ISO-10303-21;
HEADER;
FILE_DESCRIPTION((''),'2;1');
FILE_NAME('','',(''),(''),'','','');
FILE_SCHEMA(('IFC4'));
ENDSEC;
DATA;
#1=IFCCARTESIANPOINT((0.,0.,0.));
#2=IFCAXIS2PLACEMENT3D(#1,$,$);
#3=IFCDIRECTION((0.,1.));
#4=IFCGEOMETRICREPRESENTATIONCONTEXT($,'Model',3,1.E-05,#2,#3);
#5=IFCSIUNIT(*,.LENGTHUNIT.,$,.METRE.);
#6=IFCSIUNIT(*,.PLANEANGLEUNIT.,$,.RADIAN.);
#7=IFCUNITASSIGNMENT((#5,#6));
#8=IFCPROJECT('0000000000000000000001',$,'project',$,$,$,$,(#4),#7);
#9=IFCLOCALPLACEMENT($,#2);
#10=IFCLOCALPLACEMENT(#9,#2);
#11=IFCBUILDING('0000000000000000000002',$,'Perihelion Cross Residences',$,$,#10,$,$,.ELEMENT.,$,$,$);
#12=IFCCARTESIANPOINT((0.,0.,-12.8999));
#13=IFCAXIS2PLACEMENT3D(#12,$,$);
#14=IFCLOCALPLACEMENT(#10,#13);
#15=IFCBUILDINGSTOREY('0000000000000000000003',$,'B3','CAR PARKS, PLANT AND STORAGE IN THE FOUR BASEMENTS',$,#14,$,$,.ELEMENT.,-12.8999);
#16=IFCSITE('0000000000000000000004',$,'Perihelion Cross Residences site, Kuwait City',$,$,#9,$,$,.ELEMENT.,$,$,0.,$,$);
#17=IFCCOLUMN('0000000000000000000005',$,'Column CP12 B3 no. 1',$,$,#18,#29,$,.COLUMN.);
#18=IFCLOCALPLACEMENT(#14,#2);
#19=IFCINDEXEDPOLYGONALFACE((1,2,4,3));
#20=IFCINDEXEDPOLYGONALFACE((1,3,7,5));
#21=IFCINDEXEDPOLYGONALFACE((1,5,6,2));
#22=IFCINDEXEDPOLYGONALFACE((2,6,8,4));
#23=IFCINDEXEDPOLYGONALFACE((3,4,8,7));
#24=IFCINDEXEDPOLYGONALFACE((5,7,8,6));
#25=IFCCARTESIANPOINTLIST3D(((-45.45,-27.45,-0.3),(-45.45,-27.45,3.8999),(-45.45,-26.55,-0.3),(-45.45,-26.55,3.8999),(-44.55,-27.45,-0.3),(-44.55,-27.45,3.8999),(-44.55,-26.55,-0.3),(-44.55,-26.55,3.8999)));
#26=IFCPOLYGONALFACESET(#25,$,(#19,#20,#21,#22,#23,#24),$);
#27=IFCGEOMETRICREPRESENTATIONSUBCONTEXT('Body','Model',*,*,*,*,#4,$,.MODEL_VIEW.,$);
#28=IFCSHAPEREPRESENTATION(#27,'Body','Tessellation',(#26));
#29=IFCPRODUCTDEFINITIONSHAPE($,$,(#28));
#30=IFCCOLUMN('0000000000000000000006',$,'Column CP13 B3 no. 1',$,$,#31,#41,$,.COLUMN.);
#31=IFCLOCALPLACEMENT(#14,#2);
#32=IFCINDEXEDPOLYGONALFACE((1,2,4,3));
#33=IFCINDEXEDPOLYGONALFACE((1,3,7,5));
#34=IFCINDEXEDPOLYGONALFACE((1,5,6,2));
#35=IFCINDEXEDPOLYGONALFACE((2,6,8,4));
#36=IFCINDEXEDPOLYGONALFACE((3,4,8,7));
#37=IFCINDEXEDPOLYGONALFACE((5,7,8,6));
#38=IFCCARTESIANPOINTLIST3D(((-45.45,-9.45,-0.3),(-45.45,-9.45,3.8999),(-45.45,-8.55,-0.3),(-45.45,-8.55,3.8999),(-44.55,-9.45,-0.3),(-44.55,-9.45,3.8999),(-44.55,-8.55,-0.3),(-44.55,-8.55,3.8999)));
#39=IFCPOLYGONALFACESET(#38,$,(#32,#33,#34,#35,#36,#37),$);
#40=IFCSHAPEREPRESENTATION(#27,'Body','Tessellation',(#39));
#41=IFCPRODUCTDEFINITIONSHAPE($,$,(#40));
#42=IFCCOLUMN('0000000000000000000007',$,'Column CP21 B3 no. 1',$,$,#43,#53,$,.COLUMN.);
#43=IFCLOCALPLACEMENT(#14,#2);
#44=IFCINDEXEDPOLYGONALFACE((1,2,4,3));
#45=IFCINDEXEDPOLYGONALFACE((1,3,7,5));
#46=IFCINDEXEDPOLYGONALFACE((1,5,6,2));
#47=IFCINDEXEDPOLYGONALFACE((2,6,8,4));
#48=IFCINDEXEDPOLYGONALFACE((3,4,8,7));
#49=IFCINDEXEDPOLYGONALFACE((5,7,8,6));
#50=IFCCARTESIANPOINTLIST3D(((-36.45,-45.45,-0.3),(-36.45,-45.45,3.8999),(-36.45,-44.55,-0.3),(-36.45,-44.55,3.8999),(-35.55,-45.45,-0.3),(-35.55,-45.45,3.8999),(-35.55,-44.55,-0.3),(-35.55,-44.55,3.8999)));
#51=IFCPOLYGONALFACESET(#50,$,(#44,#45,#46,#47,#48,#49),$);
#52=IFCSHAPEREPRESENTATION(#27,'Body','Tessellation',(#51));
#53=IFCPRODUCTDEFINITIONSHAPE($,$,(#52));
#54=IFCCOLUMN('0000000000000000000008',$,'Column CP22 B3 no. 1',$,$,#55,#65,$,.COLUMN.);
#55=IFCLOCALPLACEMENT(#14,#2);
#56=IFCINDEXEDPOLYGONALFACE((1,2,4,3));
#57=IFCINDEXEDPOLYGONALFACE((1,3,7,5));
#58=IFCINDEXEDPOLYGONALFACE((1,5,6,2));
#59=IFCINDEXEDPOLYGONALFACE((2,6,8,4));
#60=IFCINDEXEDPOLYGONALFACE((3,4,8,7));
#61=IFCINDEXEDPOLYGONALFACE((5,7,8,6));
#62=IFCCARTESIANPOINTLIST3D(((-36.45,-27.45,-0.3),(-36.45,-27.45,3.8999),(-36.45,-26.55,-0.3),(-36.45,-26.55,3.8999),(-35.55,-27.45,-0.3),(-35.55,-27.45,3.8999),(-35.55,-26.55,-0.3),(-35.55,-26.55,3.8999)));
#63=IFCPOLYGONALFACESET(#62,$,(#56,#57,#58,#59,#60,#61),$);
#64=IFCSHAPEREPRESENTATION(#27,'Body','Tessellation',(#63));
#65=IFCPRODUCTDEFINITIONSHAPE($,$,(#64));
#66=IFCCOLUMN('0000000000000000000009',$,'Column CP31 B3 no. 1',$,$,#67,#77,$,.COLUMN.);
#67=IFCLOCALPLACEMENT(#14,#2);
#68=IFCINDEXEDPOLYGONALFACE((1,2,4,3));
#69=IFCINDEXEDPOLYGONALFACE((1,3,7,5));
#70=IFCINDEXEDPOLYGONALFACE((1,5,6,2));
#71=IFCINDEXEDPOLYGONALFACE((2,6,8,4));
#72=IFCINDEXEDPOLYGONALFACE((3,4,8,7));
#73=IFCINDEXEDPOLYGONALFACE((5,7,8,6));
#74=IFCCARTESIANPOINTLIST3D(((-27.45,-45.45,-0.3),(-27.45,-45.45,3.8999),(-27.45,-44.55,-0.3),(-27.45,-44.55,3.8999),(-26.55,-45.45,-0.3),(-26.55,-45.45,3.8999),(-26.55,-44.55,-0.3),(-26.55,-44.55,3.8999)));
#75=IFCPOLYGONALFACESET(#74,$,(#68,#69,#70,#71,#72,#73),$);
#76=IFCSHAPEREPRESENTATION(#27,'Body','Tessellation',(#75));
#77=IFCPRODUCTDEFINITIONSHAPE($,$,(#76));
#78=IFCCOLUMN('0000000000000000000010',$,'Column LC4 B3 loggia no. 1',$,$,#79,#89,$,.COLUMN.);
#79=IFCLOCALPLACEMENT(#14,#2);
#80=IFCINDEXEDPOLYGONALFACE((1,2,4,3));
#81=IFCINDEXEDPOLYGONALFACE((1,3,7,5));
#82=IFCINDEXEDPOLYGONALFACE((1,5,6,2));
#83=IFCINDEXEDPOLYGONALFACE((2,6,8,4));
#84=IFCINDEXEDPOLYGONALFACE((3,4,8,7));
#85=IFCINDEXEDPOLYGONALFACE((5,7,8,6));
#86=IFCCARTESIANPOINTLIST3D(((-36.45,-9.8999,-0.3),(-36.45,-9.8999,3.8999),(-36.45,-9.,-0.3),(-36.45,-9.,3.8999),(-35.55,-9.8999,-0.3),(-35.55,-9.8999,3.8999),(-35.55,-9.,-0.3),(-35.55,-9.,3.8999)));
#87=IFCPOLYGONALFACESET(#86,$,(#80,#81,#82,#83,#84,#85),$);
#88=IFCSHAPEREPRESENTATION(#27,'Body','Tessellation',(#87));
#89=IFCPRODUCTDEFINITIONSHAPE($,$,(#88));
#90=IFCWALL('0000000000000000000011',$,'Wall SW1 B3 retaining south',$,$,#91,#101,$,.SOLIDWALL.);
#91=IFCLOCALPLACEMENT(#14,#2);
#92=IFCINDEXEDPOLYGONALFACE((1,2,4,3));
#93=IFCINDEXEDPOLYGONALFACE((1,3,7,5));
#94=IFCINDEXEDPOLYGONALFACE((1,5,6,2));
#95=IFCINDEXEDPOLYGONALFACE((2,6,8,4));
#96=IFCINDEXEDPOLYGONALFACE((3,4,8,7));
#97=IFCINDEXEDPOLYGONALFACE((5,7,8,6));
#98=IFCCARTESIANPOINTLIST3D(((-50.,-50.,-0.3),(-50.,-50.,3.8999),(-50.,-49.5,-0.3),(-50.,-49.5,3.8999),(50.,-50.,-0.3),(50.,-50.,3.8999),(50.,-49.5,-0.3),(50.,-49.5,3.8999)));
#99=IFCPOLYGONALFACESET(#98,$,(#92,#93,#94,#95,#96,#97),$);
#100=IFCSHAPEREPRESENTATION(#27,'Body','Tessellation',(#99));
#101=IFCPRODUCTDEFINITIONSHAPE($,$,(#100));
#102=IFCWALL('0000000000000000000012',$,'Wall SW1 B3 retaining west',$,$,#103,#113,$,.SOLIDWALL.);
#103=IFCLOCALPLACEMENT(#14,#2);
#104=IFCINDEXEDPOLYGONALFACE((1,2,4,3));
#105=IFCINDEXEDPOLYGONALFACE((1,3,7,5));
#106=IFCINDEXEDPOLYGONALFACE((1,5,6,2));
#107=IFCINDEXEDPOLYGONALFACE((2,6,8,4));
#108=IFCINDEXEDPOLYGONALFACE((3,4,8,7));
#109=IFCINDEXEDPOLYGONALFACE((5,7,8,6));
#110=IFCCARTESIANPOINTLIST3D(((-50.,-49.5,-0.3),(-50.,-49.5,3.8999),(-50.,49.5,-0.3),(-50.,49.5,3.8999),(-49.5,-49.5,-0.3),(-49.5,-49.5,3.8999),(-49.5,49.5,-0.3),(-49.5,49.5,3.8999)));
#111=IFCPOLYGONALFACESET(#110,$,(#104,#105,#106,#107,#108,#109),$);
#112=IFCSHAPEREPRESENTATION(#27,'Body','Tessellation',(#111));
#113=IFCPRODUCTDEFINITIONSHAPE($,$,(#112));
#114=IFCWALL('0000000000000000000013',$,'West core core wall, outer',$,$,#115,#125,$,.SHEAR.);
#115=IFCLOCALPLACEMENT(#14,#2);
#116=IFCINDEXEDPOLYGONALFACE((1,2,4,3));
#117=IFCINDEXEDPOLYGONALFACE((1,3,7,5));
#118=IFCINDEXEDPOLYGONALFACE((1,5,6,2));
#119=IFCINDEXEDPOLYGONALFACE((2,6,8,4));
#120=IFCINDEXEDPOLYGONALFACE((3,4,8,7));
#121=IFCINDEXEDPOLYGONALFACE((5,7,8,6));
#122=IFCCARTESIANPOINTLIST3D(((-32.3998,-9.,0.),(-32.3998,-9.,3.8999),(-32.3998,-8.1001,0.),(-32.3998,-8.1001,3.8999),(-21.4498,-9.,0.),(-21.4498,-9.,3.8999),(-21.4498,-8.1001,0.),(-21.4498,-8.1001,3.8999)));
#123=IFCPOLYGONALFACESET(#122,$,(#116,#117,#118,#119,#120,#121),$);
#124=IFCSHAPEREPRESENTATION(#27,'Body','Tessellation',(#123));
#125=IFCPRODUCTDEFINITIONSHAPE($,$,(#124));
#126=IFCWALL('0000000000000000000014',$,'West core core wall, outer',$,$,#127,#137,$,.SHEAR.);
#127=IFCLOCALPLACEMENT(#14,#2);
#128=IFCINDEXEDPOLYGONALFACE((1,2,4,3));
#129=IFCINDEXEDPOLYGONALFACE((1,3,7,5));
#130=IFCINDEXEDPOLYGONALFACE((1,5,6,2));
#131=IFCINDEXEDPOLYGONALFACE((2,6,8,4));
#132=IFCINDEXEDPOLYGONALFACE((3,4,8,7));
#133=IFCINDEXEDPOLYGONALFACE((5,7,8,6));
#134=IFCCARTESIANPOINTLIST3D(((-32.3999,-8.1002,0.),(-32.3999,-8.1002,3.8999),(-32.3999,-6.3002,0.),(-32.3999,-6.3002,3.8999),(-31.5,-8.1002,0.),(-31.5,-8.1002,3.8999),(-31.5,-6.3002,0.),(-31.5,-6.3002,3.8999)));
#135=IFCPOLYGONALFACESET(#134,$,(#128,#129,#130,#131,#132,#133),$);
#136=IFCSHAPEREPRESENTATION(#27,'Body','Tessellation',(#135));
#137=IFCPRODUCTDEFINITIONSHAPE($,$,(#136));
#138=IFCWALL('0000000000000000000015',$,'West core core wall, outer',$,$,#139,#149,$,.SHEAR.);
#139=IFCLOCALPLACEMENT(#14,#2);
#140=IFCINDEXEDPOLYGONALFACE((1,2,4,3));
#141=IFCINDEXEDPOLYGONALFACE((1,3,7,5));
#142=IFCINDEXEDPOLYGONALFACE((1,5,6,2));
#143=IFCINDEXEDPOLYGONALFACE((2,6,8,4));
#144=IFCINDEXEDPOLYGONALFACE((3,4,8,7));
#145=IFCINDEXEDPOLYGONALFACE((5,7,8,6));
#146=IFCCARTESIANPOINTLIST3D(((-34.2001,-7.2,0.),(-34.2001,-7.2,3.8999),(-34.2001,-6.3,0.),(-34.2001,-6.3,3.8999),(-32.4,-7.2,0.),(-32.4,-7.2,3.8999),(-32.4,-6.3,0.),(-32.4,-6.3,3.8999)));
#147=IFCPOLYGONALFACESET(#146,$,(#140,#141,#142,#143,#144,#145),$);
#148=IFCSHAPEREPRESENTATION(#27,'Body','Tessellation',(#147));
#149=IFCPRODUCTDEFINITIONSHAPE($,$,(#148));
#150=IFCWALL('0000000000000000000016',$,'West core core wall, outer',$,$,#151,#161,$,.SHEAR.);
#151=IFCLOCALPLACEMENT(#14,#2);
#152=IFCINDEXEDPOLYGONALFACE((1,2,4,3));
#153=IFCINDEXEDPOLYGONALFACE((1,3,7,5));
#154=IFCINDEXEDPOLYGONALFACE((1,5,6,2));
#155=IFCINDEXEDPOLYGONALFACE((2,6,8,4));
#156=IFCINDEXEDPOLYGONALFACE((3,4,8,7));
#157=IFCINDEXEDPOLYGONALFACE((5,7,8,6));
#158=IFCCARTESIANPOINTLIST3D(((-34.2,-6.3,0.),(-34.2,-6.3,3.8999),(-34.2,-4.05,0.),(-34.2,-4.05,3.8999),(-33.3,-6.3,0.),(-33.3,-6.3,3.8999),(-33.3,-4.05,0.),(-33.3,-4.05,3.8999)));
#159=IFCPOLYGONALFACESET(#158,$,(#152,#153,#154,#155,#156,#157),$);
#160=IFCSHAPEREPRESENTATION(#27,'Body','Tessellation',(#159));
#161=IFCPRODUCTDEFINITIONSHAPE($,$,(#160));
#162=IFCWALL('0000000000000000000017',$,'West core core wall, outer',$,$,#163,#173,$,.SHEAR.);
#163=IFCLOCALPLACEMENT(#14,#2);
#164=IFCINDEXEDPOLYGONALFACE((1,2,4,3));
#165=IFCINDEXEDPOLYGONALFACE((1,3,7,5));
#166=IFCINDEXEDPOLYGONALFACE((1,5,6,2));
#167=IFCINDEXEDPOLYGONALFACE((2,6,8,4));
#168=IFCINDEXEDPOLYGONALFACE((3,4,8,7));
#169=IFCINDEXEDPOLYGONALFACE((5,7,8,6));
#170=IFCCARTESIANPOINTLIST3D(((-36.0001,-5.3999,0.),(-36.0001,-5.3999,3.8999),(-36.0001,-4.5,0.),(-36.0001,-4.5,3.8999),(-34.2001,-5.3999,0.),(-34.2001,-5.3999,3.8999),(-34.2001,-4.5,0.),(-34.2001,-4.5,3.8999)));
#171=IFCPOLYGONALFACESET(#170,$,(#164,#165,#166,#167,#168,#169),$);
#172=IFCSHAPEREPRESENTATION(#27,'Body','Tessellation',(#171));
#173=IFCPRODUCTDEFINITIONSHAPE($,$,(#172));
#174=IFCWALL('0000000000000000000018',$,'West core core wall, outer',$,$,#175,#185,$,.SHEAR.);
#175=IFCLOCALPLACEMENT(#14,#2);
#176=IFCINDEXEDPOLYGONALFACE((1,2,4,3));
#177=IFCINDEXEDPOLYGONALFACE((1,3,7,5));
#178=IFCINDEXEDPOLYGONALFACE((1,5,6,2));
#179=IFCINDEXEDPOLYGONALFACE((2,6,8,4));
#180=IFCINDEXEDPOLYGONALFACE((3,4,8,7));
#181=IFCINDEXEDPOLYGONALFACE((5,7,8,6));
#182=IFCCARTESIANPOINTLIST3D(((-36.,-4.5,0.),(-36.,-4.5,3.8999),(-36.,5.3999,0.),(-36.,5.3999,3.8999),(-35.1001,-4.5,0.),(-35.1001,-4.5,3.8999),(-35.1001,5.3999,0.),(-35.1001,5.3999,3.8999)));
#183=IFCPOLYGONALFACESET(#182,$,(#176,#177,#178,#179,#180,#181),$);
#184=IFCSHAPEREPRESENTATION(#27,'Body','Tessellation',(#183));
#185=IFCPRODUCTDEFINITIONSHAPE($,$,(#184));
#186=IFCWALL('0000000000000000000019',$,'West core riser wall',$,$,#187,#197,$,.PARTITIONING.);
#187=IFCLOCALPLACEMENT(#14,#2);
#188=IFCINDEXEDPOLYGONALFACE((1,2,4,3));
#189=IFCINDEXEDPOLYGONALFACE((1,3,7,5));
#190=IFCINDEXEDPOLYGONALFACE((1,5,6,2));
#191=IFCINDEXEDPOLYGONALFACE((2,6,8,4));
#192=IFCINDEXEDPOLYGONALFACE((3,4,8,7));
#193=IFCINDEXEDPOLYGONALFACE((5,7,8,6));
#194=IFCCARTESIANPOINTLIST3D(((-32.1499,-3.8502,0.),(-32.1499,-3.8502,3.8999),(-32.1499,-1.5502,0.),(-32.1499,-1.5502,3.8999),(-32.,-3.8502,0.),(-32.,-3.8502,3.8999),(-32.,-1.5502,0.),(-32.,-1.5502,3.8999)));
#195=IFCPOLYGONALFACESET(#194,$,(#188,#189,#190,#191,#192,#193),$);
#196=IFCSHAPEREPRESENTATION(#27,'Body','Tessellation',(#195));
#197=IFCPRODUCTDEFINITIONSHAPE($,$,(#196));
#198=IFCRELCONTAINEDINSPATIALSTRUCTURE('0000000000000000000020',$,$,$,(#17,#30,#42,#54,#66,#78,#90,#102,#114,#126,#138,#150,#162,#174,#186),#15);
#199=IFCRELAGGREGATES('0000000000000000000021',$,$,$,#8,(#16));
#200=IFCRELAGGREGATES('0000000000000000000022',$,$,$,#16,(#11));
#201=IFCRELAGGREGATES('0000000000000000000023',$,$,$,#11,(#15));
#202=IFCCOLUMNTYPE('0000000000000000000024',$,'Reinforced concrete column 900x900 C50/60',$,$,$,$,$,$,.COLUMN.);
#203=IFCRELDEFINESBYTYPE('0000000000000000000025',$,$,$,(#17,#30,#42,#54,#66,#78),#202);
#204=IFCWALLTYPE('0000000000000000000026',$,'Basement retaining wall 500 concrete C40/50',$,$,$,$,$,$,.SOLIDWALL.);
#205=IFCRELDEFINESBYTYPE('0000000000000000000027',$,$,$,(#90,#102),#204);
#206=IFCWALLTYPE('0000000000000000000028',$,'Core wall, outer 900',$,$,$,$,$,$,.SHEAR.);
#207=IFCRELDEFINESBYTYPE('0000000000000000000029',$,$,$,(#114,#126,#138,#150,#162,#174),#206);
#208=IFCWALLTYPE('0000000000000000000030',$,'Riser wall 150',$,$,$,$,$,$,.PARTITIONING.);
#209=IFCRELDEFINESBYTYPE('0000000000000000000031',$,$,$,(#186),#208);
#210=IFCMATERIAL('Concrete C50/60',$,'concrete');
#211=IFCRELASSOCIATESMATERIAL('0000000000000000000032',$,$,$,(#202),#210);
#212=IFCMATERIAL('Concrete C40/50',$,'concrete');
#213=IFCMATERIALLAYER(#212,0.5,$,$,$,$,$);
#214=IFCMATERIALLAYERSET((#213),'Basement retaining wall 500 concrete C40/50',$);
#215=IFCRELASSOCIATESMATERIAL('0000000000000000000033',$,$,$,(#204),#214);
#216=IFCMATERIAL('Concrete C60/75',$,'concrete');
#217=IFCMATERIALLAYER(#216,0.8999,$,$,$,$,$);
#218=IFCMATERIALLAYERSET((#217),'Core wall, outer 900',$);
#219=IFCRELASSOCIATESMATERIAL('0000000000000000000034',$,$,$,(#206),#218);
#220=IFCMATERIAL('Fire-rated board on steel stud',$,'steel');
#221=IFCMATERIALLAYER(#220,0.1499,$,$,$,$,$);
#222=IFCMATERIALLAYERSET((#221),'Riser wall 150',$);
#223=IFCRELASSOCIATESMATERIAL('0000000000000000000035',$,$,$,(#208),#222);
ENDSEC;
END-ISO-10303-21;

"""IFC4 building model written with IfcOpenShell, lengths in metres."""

from ifc_helpers import new_model, si_unit, direction, frame, frame_2d, origin, origin_2d, place, context, subcontext, project, spatial, rectangle, extrude, material, layer, layer_set, material_profile, profile_set, type_object, element, save


model = new_model("IFC4")

# Units and contexts
model_context = context("Model", 3, precision=1e-05, world=origin(), true_north=direction((0.0, 1.0)))
body_context = subcontext(model_context, "Body", "Model", "MODEL_VIEW")
ifc_project = project(units=[si_unit("LENGTHUNIT", "METRE"), si_unit("PLANEANGLEUNIT", "RADIAN")], contexts=[model_context])

# Site, building, storey
site_placement = place(None, origin())
site = spatial("IfcSite", under=ifc_project, at=site_placement, Name="Perihelion Cross Residences site, Kuwait City", CompositionType="ELEMENT", RefElevation=0.0)
building_placement = place(site_placement, origin())
building = spatial("IfcBuilding", under=site, at=building_placement, Name="Perihelion Cross Residences", CompositionType="ELEMENT")
storey_placement = place(building_placement, frame((0.0, 0.0, -12.8999)))
storey = spatial("IfcBuildingStorey", under=building, at=storey_placement, Name="B3", Description="CAR PARKS, PLANT AND STORAGE IN THE FOUR BASEMENTS", CompositionType="ELEMENT", Elevation=-12.8999)

# Columns
ifc_material_1 = material(Name="Concrete C50/60", Category="concrete")
ifc_material_profile = material_profile(ifc_material_1, rectangle(XDim=0.8999, YDim=0.8999, at=origin_2d()), Name="RC 900x900")
ifc_profile_set = profile_set([ifc_material_profile], Name="Concrete C50/60")
column_type = type_object("IfcColumnType", Name="Reinforced concrete column 900x900 C50/60", PredefinedType="COLUMN", material=ifc_profile_set)
for number, where, z_axis, x_axis, name in (
    (1, (-45.0, -27.0, -0.3), (0.0, 0.0, 1.0), (1.0, 0.0, 0.0), "Column CP12 B3 no. 1"),
    (2, (-45.0, -9.0, -0.3), (0.0, 0.0, 1.0), (1.0, 0.0, 0.0), "Column CP13 B3 no. 1"),
    (3, (-36.0, -45.0, -0.3), (0.0, 0.0, 1.0), (1.0, 0.0, 0.0), "Column CP21 B3 no. 1"),
    (4, (-36.0, -27.0, -0.3), (0.0, 0.0, 1.0), (1.0, 0.0, 0.0), "Column CP22 B3 no. 1"),
    (5, (-27.0, -45.0, -0.3), (0.0, 0.0, 1.0), (1.0, 0.0, 0.0), "Column CP31 B3 no. 1"),
    (6, (-36.0, -9.45, -0.3), (0.0, 0.0, 1.0), (1.0, 0.0, 0.0), "Column LC4 B3 loggia no. 1"),
):
    element("IfcColumn", number, at=place(storey_placement, frame(where, z_axis=z_axis, x_axis=x_axis)), inside=storey, type_object=column_type, Name=name, PredefinedType="COLUMN", context=body_context, shape_type="SweptSolid", body=[
        extrude(rectangle(XDim=0.8999, YDim=0.8999, at=origin_2d()), origin(), (0.0, 0.0, 1.0), 4.2),
    ])

# Walls
ifc_material_2 = material(Name="Concrete C40/50", Category="concrete")
ifc_layer_1 = layer(ifc_material_2, 0.5)
ifc_layer_set_1 = layer_set([ifc_layer_1], Name="Basement retaining wall 500 concrete C40/50")
wall_type_1 = type_object("IfcWallType", Name="Basement retaining wall 500 concrete C40/50", PredefinedType="SOLIDWALL", material=ifc_layer_set_1)
wall_1_placement = place(storey_placement, frame((-50.0, -49.75, -0.3), z_axis=(0.0, 0.0, 1.0), x_axis=(1.0, 0.0, 0.0)))
element("IfcWall", 7, at=wall_1_placement, inside=storey, type_object=wall_type_1, Name="Wall SW1 B3 retaining south", PredefinedType="SOLIDWALL", context=body_context, shape_type="SweptSolid", body=[
    extrude(rectangle(XDim=100.0, YDim=0.5, at=frame_2d((50.0, 0.0))), origin(), (0.0, 0.0, 1.0), 4.2),
])
wall_2_placement = place(storey_placement, frame((-49.75, -49.5, -0.3), z_axis=(0.0, 0.0, 1.0), x_axis=(0.0, 1.0, 0.0)))
element("IfcWall", 8, at=wall_2_placement, inside=storey, type_object=wall_type_1, Name="Wall SW1 B3 retaining west", PredefinedType="SOLIDWALL", context=body_context, shape_type="SweptSolid", body=[
    extrude(rectangle(XDim=99.0, YDim=0.5, at=frame_2d((49.5, 0.0))), origin(), (0.0, 0.0, 1.0), 4.2),
])
ifc_material_3 = material(Name="Concrete C60/75", Category="concrete")
ifc_layer_2 = layer(ifc_material_3, 0.8999)
ifc_layer_set_2 = layer_set([ifc_layer_2], Name="Core wall, outer 900")
wall_type_2 = type_object("IfcWallType", Name="Core wall, outer 900", PredefinedType="SHEAR", material=ifc_layer_set_2)
wall_3_placement = place(storey_placement, frame((-32.3999, -8.55, 0.0), z_axis=(0.0, 0.0, 1.0), x_axis=(1.0, 0.0, 0.0)))
element("IfcWall", 9, at=wall_3_placement, inside=storey, type_object=wall_type_2, Name="West core core wall, outer", PredefinedType="SHEAR", context=body_context, shape_type="SweptSolid", body=[
    extrude(rectangle(XDim=10.95, YDim=0.8999, at=frame_2d((5.4751, 0.0))), origin(), (0.0, 0.0, 1.0), 3.8999),
])
for number, where, z_axis, x_axis, name in (
    (10, (-31.95, -8.1001, 0.0), (0.0, 0.0, 1.0), (0.0, 1.0, 0.0), "West core core wall, outer"),
    (11, (-34.2, -6.75, 0.0), (0.0, 0.0, 1.0), (1.0, 0.0, 0.0), "West core core wall, outer"),
):
    element("IfcWall", number, at=place(storey_placement, frame(where, z_axis=z_axis, x_axis=x_axis)), inside=storey, type_object=wall_type_2, Name=name, PredefinedType="SHEAR", context=body_context, shape_type="SweptSolid", body=[
        extrude(rectangle(XDim=1.8, YDim=0.8999, at=frame_2d((0.8999, 0.0))), origin(), (0.0, 0.0, 1.0), 3.8999),
    ])
wall_4_placement = place(storey_placement, frame((-33.75, -6.3, 0.0), z_axis=(0.0, 0.0, 1.0), x_axis=(0.0, 1.0, 0.0)))
element("IfcWall", 12, at=wall_4_placement, inside=storey, type_object=wall_type_2, Name="West core core wall, outer", PredefinedType="SHEAR", context=body_context, shape_type="SweptSolid", body=[
    extrude(rectangle(XDim=2.25, YDim=0.8999, at=frame_2d((1.125, 0.0))), origin(), (0.0, 0.0, 1.0), 3.8999),
])
wall_5_placement = place(storey_placement, frame((-36.0, -4.95, 0.0), z_axis=(0.0, 0.0, 1.0), x_axis=(1.0, 0.0, 0.0)))
element("IfcWall", 13, at=wall_5_placement, inside=storey, type_object=wall_type_2, Name="West core core wall, outer", PredefinedType="SHEAR", context=body_context, shape_type="SweptSolid", body=[
    extrude(rectangle(XDim=1.8, YDim=0.8999, at=frame_2d((0.8999, 0.0))), origin(), (0.0, 0.0, 1.0), 3.8999),
])
wall_6_placement = place(storey_placement, frame((-35.55, -4.5, 0.0), z_axis=(0.0, 0.0, 1.0), x_axis=(0.0, 1.0, 0.0)))
element("IfcWall", 14, at=wall_6_placement, inside=storey, type_object=wall_type_2, Name="West core core wall, outer", PredefinedType="SHEAR", context=body_context, shape_type="SweptSolid", body=[
    extrude(rectangle(XDim=9.8999, YDim=0.8999, at=frame_2d((4.95, 0.0))), origin(), (0.0, 0.0, 1.0), 3.8999),
])
ifc_material_4 = material(Name="Fire-rated board on steel stud", Category="steel")
ifc_layer_3 = layer(ifc_material_4, 0.1499)
ifc_layer_set_3 = layer_set([ifc_layer_3], Name="Riser wall 150")
wall_type_3 = type_object("IfcWallType", Name="Riser wall 150", PredefinedType="PARTITIONING", material=ifc_layer_set_3)
wall_7_placement = place(storey_placement, frame((-32.075, -3.8501, 0.0), z_axis=(0.0, 0.0, 1.0), x_axis=(0.0, 1.0, 0.0)))
element("IfcWall", 15, at=wall_7_placement, inside=storey, type_object=wall_type_3, Name="West core riser wall", PredefinedType="PARTITIONING", context=body_context, shape_type="SweptSolid", body=[
    extrude(rectangle(XDim=2.3, YDim=0.1499, at=frame_2d((1.1499, 0.0))), origin(), (0.0, 0.0, 1.0), 3.8999),
])

save(model, "model.ifc")
